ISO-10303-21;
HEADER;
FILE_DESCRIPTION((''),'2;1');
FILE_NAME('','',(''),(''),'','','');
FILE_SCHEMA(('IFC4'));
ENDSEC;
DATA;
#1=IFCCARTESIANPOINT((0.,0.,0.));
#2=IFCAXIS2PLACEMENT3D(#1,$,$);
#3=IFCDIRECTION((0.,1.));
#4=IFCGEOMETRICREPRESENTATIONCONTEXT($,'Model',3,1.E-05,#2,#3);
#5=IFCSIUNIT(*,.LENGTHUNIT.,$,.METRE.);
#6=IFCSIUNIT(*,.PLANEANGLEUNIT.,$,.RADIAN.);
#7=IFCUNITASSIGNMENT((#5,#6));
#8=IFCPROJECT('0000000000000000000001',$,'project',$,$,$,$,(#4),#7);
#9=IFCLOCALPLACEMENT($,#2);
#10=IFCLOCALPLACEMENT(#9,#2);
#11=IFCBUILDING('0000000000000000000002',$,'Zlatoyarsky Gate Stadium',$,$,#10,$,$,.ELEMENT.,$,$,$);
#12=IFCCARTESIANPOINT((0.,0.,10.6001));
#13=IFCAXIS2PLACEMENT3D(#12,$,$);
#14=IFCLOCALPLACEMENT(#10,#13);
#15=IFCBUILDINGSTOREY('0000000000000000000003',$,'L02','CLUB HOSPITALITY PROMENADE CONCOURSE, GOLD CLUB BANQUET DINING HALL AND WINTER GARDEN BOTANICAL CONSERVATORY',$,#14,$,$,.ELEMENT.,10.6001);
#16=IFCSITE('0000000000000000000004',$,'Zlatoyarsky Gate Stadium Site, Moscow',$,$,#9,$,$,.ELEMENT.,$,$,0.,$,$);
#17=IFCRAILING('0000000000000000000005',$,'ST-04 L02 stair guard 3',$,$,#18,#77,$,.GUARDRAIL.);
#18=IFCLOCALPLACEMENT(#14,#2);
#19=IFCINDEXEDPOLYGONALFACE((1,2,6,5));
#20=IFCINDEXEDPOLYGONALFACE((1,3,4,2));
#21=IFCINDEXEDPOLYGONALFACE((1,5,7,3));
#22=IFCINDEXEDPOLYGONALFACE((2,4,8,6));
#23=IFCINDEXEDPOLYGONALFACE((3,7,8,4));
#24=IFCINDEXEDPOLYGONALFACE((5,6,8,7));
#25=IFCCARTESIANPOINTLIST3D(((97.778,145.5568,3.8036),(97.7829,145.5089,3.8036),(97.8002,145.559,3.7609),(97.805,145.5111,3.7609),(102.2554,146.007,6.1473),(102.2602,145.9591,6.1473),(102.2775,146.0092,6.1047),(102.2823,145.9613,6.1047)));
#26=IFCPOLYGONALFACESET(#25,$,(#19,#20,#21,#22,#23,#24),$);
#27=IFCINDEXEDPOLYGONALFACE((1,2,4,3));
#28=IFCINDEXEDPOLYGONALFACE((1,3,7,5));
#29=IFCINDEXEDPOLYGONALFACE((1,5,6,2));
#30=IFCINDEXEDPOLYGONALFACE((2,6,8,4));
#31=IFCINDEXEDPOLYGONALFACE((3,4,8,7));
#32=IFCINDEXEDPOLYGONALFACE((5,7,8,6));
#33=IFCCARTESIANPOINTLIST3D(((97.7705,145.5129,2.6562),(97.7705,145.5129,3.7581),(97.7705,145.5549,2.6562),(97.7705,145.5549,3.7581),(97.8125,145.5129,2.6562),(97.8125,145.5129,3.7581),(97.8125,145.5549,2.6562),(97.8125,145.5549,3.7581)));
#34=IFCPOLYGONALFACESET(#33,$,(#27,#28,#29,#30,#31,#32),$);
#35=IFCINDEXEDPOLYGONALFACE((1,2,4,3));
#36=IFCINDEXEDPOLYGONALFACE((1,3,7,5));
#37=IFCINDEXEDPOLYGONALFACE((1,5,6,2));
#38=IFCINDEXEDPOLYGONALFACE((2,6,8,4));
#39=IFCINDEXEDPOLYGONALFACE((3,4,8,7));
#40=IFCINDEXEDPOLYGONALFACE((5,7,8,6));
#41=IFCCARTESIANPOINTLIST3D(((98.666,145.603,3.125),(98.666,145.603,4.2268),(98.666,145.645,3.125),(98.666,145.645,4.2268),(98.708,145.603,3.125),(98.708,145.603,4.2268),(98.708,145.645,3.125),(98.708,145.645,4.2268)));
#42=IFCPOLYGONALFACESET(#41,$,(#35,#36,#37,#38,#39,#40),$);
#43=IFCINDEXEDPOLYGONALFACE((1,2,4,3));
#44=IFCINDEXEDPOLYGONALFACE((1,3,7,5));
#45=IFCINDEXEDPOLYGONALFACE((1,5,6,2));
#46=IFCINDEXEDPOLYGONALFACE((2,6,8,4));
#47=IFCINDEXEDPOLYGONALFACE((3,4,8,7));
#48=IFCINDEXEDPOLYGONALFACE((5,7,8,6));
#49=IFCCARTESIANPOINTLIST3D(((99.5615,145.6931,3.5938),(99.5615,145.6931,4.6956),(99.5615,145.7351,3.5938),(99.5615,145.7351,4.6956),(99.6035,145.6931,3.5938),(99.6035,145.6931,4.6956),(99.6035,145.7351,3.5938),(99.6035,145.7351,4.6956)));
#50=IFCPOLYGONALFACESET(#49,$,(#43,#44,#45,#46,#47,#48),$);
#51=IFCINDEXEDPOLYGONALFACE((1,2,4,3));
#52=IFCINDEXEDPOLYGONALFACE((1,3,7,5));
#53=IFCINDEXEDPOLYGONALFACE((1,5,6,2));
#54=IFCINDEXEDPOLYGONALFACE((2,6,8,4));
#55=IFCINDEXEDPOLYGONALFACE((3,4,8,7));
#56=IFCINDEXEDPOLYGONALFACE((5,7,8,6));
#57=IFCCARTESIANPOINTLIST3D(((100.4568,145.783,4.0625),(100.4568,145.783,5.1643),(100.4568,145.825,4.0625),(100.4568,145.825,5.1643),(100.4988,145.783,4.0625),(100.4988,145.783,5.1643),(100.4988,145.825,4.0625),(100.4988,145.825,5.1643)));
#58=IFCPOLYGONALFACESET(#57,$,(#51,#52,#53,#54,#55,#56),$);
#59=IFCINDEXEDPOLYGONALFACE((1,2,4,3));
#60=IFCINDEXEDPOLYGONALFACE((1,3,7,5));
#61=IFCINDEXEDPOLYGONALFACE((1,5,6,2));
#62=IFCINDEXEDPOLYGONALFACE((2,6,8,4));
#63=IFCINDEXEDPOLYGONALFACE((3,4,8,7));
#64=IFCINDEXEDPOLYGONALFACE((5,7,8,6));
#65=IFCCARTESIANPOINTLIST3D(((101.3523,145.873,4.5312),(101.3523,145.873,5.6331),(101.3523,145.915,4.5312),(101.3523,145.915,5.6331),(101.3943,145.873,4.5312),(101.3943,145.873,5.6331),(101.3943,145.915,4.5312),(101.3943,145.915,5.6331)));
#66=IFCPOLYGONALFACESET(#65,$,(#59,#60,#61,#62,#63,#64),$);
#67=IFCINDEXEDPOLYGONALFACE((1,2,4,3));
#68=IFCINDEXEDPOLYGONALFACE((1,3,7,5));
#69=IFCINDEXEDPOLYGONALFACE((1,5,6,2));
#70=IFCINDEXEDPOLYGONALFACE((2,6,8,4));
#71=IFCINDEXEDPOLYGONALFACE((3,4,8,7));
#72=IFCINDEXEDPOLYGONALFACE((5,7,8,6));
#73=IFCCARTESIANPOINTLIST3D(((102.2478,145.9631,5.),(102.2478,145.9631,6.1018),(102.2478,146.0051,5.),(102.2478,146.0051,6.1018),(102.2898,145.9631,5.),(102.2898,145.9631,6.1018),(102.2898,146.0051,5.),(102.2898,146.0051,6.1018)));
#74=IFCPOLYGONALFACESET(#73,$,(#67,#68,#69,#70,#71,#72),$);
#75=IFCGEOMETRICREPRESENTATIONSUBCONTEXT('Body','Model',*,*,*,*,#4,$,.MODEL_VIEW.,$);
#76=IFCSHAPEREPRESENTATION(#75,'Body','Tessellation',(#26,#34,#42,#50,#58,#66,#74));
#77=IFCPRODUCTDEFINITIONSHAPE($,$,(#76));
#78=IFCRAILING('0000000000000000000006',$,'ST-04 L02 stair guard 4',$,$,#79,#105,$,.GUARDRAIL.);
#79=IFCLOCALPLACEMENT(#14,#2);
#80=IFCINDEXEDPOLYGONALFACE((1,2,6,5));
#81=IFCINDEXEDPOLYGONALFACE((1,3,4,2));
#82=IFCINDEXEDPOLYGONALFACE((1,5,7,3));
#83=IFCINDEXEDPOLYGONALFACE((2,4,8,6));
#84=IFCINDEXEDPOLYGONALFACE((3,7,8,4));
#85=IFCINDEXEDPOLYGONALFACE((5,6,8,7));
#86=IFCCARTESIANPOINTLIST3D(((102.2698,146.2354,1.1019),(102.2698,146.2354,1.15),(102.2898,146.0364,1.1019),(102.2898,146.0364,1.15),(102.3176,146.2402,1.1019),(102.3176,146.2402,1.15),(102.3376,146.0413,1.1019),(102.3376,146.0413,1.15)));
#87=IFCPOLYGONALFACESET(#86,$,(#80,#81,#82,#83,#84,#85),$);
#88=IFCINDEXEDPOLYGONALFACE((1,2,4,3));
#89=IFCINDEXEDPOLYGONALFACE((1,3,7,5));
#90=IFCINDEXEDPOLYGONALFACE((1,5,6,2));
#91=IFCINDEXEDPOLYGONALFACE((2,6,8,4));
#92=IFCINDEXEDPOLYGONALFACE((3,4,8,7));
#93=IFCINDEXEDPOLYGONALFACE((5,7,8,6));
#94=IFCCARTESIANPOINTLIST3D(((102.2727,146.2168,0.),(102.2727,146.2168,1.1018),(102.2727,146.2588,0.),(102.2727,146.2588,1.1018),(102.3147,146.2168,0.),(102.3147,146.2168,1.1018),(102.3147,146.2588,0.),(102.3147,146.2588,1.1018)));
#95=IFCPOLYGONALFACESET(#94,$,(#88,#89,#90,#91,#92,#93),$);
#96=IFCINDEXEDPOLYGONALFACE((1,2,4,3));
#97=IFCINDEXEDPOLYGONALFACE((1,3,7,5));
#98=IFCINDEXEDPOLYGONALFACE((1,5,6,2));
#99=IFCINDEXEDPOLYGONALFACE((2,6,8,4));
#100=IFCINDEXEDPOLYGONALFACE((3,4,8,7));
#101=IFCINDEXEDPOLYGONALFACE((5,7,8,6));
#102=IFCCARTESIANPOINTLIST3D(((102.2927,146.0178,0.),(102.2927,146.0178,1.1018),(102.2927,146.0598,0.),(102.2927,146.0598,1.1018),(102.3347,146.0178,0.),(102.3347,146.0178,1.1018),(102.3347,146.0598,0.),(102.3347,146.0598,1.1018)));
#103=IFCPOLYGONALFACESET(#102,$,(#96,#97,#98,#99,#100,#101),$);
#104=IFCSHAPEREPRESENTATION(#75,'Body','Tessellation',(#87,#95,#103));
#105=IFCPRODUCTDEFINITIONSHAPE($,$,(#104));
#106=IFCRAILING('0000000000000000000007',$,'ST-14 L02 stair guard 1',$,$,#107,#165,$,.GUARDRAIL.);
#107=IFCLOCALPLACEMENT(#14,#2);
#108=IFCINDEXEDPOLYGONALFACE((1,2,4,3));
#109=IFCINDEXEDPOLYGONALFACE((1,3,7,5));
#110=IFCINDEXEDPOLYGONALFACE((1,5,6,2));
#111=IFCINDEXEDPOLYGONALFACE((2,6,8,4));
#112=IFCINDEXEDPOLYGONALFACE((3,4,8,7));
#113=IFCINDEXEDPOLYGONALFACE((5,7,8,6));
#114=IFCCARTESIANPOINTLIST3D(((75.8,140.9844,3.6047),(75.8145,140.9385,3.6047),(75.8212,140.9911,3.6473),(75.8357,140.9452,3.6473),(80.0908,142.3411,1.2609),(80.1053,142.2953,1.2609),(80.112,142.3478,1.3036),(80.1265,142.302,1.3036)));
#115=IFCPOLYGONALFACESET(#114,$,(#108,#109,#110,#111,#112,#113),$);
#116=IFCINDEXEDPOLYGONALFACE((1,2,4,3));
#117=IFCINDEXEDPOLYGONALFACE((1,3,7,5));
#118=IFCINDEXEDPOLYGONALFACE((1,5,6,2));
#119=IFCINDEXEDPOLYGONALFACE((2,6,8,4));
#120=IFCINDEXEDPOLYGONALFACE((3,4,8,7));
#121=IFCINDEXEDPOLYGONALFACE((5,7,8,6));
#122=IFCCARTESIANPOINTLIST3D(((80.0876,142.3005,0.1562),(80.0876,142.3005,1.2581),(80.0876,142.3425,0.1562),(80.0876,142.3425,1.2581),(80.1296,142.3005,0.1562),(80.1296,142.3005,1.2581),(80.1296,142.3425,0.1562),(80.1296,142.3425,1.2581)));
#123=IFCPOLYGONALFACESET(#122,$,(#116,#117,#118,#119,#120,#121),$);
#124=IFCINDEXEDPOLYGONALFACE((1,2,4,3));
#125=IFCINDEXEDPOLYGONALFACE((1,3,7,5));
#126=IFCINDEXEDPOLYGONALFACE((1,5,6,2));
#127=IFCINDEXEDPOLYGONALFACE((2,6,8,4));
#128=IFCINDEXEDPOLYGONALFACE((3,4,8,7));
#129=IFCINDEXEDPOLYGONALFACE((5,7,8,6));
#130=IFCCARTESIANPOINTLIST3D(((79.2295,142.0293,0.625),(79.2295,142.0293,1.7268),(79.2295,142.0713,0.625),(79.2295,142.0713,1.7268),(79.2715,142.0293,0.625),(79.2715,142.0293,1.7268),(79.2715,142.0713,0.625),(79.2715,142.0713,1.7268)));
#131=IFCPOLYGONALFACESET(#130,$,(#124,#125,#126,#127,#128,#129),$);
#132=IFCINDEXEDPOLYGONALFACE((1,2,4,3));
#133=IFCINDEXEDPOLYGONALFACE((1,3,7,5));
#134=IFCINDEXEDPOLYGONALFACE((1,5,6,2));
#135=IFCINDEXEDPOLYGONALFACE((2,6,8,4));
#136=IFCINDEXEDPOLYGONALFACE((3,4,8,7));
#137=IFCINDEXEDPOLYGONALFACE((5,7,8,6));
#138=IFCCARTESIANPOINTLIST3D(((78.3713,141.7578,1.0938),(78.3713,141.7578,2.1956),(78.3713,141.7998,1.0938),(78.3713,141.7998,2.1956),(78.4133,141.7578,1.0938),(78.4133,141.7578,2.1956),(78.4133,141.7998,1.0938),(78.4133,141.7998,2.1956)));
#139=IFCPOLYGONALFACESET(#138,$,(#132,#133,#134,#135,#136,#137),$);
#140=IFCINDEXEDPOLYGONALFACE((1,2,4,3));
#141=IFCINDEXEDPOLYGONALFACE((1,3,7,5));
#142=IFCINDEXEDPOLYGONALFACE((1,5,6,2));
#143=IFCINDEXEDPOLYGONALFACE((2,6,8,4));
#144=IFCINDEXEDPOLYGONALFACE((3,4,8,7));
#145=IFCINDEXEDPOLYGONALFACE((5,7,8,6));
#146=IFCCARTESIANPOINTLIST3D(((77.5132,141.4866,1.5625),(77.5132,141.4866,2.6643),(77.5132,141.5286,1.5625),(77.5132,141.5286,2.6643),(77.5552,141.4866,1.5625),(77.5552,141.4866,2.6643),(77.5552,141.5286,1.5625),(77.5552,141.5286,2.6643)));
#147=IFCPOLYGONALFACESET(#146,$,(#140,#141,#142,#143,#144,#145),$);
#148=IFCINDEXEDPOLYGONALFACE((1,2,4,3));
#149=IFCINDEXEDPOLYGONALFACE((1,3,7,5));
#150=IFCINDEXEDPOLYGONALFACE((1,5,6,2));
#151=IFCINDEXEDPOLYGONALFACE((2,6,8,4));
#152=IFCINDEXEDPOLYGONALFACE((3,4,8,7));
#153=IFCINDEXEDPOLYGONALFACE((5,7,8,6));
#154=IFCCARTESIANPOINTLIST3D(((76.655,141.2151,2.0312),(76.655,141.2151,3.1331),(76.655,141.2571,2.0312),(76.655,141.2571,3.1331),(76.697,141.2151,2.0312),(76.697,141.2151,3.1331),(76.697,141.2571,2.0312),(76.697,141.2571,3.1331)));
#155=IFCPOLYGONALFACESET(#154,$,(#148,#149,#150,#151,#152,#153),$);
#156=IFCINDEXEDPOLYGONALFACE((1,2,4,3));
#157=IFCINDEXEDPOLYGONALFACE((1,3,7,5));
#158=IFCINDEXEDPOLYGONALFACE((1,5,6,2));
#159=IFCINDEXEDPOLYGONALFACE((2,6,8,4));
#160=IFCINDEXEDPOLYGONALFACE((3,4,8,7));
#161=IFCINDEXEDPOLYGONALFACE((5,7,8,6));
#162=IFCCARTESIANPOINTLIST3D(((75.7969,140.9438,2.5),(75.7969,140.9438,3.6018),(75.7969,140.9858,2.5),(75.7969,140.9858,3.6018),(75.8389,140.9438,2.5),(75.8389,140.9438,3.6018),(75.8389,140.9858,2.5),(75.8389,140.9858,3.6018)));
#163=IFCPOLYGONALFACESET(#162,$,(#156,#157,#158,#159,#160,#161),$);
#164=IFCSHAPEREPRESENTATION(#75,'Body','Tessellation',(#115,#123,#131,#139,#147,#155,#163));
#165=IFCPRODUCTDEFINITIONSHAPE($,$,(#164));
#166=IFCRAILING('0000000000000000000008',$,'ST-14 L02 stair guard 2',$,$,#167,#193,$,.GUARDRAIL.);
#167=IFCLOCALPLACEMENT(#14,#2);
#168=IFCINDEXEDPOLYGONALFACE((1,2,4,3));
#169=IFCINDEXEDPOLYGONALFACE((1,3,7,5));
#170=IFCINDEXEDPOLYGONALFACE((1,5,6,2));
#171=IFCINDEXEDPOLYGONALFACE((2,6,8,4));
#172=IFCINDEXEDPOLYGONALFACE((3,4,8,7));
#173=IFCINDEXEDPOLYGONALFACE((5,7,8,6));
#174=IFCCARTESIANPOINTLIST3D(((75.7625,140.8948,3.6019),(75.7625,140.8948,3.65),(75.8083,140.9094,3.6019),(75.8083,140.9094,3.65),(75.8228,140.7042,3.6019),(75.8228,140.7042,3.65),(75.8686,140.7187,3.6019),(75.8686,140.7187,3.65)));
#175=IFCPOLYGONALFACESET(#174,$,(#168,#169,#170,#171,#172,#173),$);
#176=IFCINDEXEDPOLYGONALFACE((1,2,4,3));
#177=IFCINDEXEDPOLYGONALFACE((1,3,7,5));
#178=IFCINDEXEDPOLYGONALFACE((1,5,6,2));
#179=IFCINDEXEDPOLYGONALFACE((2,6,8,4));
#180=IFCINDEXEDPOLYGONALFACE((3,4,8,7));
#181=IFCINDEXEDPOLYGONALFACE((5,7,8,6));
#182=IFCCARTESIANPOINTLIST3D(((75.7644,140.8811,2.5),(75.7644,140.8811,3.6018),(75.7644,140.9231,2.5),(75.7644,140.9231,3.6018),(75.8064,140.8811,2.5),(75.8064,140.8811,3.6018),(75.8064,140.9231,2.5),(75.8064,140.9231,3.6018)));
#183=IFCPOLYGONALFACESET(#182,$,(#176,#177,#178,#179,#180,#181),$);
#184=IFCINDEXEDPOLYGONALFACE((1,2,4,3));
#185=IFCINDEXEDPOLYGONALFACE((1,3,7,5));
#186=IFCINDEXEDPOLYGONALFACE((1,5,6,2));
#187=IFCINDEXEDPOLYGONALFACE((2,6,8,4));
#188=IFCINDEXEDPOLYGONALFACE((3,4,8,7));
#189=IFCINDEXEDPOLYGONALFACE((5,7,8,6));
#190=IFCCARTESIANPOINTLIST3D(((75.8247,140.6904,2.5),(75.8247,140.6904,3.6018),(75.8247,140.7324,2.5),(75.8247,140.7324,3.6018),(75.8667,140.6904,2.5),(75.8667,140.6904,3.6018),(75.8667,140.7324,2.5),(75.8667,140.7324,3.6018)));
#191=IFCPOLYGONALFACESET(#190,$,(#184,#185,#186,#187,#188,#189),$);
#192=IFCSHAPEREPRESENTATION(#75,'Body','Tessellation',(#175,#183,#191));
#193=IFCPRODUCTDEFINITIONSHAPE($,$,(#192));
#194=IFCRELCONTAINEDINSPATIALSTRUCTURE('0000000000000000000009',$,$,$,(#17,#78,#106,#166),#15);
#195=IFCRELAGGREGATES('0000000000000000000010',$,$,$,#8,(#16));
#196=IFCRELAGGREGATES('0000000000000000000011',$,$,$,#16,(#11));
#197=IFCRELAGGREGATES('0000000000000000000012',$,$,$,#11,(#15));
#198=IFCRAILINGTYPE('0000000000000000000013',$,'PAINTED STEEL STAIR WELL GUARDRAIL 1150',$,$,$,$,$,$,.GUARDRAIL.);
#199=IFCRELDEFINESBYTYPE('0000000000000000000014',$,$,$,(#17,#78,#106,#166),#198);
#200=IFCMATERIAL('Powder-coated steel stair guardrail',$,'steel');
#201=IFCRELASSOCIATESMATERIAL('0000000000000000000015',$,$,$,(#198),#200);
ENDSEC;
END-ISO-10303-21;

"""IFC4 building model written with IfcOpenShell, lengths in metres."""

from ifc_helpers import new_model, si_unit, direction, frame, origin, origin_2d, place, context, subcontext, project, spatial, rectangle, extrude, material, type_object, element, save


model = new_model("IFC4")

# Units and contexts
model_context = context("Model", 3, precision=1e-05, world=origin(), true_north=direction((0.0, 1.0)))
body_context = subcontext(model_context, "Body", "Model", "MODEL_VIEW")
ifc_project = project(units=[si_unit("LENGTHUNIT", "METRE"), si_unit("PLANEANGLEUNIT", "RADIAN")], contexts=[model_context])

# Site, building, storey
site_placement = place(None, origin())
site = spatial("IfcSite", under=ifc_project, at=site_placement, Name="Zlatoyarsky Gate Stadium Site, Moscow", CompositionType="ELEMENT", RefElevation=0.0)
building_placement = place(site_placement, origin())
building = spatial("IfcBuilding", under=site, at=building_placement, Name="Zlatoyarsky Gate Stadium", CompositionType="ELEMENT")
storey_placement = place(building_placement, frame((0.0, 0.0, 10.6001)))
storey = spatial("IfcBuildingStorey", under=building, at=storey_placement, Name="L02", Description="CLUB HOSPITALITY PROMENADE CONCOURSE, GOLD CLUB BANQUET DINING HALL AND WINTER GARDEN BOTANICAL CONSERVATORY", CompositionType="ELEMENT", Elevation=10.6001)

# Railings
ifc_material_1 = material(Name="Powder-coated steel stair guardrail", Category="steel")
railing_type_1 = type_object("IfcRailingType", Name="PAINTED STEEL STAIR WELL GUARDRAIL 1150", PredefinedType="GUARDRAIL", material=ifc_material_1)
railing_1_placement = place(storey_placement, frame((97.7915, 145.5339, 2.6562)))
element("IfcRailing", 1, at=railing_1_placement, inside=storey, type_object=railing_type_1, Name="ST-04 L02 stair guard 3", PredefinedType="GUARDRAIL", context=body_context, shape_type="SweptSolid", body=[
    extrude(rectangle(XDim=0.0481, YDim=0.0481, at=origin_2d()), frame((0.0, 0.0, 1.126), z_axis=(0.882459, 0.088732, 0.461945), x_axis=(-0.100046, 0.994983, 0.0)), (0.0, 0.0, 1.0), 5.0737),
    extrude(rectangle(XDim=0.042, YDim=0.042, at=origin_2d()), origin(), (0.0, 0.0, 1.0), 1.1018),
    extrude(rectangle(XDim=0.042, YDim=0.042, at=origin_2d()), frame((0.8955, 0.0901, 0.4688)), (0.0, 0.0, 1.0), 1.1018),
    extrude(rectangle(XDim=0.042, YDim=0.042, at=origin_2d()), frame((1.791, 0.1802, 0.9375)), (0.0, 0.0, 1.0), 1.1018),
    extrude(rectangle(XDim=0.042, YDim=0.042, at=origin_2d()), frame((2.6863, 0.27, 1.4062)), (0.0, 0.0, 1.0), 1.1018),
    extrude(rectangle(XDim=0.042, YDim=0.042, at=origin_2d()), frame((3.5818, 0.3601, 1.875)), (0.0, 0.0, 1.0), 1.1018),
    extrude(rectangle(XDim=0.042, YDim=0.042, at=origin_2d()), frame((4.4773, 0.4502, 2.3438)), (0.0, 0.0, 1.0), 1.1018),
])
railing_2_placement = place(storey_placement, frame((102.2937, 146.2378, 0.0)))
element("IfcRailing", 2, at=railing_2_placement, inside=storey, type_object=railing_type_1, Name="ST-04 L02 stair guard 4", PredefinedType="GUARDRAIL", context=body_context, shape_type="SweptSolid", body=[
    extrude(rectangle(XDim=0.0481, YDim=0.0481, at=origin_2d()), frame((0.0, 0.0, 1.126), z_axis=(0.100108, -0.994977, 0.0), x_axis=(0.994977, 0.100108, 0.0)), (0.0, 0.0, 1.0), 0.2),
    extrude(rectangle(XDim=0.042, YDim=0.042, at=origin_2d()), origin(), (0.0, 0.0, 1.0), 1.1018),
    extrude(rectangle(XDim=0.042, YDim=0.042, at=origin_2d()), frame((0.02, -0.199, 0.0)), (0.0, 0.0, 1.0), 1.1018),
])
railing_3_placement = place(storey_placement, frame((80.1086, 142.3215, 0.1562)))
element("IfcRailing", 3, at=railing_3_placement, inside=storey, type_object=railing_type_1, Name="ST-14 L02 stair guard 1", PredefinedType="GUARDRAIL", context=body_context, shape_type="SweptSolid", body=[
    extrude(rectangle(XDim=0.0481, YDim=0.0481, at=origin_2d()), frame((0.0, 0.0, 1.126), z_axis=(-0.845655, -0.267386, 0.461923), x_axis=(0.301477, -0.953474, 0.0)), (0.0, 0.0, 1.0), 5.074),
    extrude(rectangle(XDim=0.042, YDim=0.042, at=origin_2d()), origin(), (0.0, 0.0, 1.0), 1.1018),
    extrude(rectangle(XDim=0.042, YDim=0.042, at=origin_2d()), frame((-0.8582, -0.2712, 0.4688)), (0.0, 0.0, 1.0), 1.1018),
    extrude(rectangle(XDim=0.042, YDim=0.042, at=origin_2d()), frame((-1.7163, -0.5427, 0.9375)), (0.0, 0.0, 1.0), 1.1018),
    extrude(rectangle(XDim=0.042, YDim=0.042, at=origin_2d()), frame((-2.5745, -0.814, 1.4062)), (0.0, 0.0, 1.0), 1.1018),
    extrude(rectangle(XDim=0.042, YDim=0.042, at=origin_2d()), frame((-3.4326, -1.0854, 1.875)), (0.0, 0.0, 1.0), 1.1018),
    extrude(rectangle(XDim=0.042, YDim=0.042, at=origin_2d()), frame((-4.2908, -1.3567, 2.3438)), (0.0, 0.0, 1.0), 1.1018),
])
railing_4_placement = place(storey_placement, frame((75.7854, 140.9021, 2.5)))
element("IfcRailing", 4, at=railing_4_placement, inside=storey, type_object=railing_type_1, Name="ST-14 L02 stair guard 2", PredefinedType="GUARDRAIL", context=body_context, shape_type="SweptSolid", body=[
    extrude(rectangle(XDim=0.0481, YDim=0.0481, at=origin_2d()), frame((0.0, 0.0, 1.126), z_axis=(0.30154, -0.953453, 0.0), x_axis=(0.953453, 0.30154, 0.0)), (0.0, 0.0, 1.0), 0.2),
    extrude(rectangle(XDim=0.042, YDim=0.042, at=origin_2d()), origin(), (0.0, 0.0, 1.0), 1.1018),
    extrude(rectangle(XDim=0.042, YDim=0.042, at=origin_2d()), frame((0.0603, -0.1907, 0.0)), (0.0, 0.0, 1.0), 1.1018),
])

save(model, "model.ifc")
